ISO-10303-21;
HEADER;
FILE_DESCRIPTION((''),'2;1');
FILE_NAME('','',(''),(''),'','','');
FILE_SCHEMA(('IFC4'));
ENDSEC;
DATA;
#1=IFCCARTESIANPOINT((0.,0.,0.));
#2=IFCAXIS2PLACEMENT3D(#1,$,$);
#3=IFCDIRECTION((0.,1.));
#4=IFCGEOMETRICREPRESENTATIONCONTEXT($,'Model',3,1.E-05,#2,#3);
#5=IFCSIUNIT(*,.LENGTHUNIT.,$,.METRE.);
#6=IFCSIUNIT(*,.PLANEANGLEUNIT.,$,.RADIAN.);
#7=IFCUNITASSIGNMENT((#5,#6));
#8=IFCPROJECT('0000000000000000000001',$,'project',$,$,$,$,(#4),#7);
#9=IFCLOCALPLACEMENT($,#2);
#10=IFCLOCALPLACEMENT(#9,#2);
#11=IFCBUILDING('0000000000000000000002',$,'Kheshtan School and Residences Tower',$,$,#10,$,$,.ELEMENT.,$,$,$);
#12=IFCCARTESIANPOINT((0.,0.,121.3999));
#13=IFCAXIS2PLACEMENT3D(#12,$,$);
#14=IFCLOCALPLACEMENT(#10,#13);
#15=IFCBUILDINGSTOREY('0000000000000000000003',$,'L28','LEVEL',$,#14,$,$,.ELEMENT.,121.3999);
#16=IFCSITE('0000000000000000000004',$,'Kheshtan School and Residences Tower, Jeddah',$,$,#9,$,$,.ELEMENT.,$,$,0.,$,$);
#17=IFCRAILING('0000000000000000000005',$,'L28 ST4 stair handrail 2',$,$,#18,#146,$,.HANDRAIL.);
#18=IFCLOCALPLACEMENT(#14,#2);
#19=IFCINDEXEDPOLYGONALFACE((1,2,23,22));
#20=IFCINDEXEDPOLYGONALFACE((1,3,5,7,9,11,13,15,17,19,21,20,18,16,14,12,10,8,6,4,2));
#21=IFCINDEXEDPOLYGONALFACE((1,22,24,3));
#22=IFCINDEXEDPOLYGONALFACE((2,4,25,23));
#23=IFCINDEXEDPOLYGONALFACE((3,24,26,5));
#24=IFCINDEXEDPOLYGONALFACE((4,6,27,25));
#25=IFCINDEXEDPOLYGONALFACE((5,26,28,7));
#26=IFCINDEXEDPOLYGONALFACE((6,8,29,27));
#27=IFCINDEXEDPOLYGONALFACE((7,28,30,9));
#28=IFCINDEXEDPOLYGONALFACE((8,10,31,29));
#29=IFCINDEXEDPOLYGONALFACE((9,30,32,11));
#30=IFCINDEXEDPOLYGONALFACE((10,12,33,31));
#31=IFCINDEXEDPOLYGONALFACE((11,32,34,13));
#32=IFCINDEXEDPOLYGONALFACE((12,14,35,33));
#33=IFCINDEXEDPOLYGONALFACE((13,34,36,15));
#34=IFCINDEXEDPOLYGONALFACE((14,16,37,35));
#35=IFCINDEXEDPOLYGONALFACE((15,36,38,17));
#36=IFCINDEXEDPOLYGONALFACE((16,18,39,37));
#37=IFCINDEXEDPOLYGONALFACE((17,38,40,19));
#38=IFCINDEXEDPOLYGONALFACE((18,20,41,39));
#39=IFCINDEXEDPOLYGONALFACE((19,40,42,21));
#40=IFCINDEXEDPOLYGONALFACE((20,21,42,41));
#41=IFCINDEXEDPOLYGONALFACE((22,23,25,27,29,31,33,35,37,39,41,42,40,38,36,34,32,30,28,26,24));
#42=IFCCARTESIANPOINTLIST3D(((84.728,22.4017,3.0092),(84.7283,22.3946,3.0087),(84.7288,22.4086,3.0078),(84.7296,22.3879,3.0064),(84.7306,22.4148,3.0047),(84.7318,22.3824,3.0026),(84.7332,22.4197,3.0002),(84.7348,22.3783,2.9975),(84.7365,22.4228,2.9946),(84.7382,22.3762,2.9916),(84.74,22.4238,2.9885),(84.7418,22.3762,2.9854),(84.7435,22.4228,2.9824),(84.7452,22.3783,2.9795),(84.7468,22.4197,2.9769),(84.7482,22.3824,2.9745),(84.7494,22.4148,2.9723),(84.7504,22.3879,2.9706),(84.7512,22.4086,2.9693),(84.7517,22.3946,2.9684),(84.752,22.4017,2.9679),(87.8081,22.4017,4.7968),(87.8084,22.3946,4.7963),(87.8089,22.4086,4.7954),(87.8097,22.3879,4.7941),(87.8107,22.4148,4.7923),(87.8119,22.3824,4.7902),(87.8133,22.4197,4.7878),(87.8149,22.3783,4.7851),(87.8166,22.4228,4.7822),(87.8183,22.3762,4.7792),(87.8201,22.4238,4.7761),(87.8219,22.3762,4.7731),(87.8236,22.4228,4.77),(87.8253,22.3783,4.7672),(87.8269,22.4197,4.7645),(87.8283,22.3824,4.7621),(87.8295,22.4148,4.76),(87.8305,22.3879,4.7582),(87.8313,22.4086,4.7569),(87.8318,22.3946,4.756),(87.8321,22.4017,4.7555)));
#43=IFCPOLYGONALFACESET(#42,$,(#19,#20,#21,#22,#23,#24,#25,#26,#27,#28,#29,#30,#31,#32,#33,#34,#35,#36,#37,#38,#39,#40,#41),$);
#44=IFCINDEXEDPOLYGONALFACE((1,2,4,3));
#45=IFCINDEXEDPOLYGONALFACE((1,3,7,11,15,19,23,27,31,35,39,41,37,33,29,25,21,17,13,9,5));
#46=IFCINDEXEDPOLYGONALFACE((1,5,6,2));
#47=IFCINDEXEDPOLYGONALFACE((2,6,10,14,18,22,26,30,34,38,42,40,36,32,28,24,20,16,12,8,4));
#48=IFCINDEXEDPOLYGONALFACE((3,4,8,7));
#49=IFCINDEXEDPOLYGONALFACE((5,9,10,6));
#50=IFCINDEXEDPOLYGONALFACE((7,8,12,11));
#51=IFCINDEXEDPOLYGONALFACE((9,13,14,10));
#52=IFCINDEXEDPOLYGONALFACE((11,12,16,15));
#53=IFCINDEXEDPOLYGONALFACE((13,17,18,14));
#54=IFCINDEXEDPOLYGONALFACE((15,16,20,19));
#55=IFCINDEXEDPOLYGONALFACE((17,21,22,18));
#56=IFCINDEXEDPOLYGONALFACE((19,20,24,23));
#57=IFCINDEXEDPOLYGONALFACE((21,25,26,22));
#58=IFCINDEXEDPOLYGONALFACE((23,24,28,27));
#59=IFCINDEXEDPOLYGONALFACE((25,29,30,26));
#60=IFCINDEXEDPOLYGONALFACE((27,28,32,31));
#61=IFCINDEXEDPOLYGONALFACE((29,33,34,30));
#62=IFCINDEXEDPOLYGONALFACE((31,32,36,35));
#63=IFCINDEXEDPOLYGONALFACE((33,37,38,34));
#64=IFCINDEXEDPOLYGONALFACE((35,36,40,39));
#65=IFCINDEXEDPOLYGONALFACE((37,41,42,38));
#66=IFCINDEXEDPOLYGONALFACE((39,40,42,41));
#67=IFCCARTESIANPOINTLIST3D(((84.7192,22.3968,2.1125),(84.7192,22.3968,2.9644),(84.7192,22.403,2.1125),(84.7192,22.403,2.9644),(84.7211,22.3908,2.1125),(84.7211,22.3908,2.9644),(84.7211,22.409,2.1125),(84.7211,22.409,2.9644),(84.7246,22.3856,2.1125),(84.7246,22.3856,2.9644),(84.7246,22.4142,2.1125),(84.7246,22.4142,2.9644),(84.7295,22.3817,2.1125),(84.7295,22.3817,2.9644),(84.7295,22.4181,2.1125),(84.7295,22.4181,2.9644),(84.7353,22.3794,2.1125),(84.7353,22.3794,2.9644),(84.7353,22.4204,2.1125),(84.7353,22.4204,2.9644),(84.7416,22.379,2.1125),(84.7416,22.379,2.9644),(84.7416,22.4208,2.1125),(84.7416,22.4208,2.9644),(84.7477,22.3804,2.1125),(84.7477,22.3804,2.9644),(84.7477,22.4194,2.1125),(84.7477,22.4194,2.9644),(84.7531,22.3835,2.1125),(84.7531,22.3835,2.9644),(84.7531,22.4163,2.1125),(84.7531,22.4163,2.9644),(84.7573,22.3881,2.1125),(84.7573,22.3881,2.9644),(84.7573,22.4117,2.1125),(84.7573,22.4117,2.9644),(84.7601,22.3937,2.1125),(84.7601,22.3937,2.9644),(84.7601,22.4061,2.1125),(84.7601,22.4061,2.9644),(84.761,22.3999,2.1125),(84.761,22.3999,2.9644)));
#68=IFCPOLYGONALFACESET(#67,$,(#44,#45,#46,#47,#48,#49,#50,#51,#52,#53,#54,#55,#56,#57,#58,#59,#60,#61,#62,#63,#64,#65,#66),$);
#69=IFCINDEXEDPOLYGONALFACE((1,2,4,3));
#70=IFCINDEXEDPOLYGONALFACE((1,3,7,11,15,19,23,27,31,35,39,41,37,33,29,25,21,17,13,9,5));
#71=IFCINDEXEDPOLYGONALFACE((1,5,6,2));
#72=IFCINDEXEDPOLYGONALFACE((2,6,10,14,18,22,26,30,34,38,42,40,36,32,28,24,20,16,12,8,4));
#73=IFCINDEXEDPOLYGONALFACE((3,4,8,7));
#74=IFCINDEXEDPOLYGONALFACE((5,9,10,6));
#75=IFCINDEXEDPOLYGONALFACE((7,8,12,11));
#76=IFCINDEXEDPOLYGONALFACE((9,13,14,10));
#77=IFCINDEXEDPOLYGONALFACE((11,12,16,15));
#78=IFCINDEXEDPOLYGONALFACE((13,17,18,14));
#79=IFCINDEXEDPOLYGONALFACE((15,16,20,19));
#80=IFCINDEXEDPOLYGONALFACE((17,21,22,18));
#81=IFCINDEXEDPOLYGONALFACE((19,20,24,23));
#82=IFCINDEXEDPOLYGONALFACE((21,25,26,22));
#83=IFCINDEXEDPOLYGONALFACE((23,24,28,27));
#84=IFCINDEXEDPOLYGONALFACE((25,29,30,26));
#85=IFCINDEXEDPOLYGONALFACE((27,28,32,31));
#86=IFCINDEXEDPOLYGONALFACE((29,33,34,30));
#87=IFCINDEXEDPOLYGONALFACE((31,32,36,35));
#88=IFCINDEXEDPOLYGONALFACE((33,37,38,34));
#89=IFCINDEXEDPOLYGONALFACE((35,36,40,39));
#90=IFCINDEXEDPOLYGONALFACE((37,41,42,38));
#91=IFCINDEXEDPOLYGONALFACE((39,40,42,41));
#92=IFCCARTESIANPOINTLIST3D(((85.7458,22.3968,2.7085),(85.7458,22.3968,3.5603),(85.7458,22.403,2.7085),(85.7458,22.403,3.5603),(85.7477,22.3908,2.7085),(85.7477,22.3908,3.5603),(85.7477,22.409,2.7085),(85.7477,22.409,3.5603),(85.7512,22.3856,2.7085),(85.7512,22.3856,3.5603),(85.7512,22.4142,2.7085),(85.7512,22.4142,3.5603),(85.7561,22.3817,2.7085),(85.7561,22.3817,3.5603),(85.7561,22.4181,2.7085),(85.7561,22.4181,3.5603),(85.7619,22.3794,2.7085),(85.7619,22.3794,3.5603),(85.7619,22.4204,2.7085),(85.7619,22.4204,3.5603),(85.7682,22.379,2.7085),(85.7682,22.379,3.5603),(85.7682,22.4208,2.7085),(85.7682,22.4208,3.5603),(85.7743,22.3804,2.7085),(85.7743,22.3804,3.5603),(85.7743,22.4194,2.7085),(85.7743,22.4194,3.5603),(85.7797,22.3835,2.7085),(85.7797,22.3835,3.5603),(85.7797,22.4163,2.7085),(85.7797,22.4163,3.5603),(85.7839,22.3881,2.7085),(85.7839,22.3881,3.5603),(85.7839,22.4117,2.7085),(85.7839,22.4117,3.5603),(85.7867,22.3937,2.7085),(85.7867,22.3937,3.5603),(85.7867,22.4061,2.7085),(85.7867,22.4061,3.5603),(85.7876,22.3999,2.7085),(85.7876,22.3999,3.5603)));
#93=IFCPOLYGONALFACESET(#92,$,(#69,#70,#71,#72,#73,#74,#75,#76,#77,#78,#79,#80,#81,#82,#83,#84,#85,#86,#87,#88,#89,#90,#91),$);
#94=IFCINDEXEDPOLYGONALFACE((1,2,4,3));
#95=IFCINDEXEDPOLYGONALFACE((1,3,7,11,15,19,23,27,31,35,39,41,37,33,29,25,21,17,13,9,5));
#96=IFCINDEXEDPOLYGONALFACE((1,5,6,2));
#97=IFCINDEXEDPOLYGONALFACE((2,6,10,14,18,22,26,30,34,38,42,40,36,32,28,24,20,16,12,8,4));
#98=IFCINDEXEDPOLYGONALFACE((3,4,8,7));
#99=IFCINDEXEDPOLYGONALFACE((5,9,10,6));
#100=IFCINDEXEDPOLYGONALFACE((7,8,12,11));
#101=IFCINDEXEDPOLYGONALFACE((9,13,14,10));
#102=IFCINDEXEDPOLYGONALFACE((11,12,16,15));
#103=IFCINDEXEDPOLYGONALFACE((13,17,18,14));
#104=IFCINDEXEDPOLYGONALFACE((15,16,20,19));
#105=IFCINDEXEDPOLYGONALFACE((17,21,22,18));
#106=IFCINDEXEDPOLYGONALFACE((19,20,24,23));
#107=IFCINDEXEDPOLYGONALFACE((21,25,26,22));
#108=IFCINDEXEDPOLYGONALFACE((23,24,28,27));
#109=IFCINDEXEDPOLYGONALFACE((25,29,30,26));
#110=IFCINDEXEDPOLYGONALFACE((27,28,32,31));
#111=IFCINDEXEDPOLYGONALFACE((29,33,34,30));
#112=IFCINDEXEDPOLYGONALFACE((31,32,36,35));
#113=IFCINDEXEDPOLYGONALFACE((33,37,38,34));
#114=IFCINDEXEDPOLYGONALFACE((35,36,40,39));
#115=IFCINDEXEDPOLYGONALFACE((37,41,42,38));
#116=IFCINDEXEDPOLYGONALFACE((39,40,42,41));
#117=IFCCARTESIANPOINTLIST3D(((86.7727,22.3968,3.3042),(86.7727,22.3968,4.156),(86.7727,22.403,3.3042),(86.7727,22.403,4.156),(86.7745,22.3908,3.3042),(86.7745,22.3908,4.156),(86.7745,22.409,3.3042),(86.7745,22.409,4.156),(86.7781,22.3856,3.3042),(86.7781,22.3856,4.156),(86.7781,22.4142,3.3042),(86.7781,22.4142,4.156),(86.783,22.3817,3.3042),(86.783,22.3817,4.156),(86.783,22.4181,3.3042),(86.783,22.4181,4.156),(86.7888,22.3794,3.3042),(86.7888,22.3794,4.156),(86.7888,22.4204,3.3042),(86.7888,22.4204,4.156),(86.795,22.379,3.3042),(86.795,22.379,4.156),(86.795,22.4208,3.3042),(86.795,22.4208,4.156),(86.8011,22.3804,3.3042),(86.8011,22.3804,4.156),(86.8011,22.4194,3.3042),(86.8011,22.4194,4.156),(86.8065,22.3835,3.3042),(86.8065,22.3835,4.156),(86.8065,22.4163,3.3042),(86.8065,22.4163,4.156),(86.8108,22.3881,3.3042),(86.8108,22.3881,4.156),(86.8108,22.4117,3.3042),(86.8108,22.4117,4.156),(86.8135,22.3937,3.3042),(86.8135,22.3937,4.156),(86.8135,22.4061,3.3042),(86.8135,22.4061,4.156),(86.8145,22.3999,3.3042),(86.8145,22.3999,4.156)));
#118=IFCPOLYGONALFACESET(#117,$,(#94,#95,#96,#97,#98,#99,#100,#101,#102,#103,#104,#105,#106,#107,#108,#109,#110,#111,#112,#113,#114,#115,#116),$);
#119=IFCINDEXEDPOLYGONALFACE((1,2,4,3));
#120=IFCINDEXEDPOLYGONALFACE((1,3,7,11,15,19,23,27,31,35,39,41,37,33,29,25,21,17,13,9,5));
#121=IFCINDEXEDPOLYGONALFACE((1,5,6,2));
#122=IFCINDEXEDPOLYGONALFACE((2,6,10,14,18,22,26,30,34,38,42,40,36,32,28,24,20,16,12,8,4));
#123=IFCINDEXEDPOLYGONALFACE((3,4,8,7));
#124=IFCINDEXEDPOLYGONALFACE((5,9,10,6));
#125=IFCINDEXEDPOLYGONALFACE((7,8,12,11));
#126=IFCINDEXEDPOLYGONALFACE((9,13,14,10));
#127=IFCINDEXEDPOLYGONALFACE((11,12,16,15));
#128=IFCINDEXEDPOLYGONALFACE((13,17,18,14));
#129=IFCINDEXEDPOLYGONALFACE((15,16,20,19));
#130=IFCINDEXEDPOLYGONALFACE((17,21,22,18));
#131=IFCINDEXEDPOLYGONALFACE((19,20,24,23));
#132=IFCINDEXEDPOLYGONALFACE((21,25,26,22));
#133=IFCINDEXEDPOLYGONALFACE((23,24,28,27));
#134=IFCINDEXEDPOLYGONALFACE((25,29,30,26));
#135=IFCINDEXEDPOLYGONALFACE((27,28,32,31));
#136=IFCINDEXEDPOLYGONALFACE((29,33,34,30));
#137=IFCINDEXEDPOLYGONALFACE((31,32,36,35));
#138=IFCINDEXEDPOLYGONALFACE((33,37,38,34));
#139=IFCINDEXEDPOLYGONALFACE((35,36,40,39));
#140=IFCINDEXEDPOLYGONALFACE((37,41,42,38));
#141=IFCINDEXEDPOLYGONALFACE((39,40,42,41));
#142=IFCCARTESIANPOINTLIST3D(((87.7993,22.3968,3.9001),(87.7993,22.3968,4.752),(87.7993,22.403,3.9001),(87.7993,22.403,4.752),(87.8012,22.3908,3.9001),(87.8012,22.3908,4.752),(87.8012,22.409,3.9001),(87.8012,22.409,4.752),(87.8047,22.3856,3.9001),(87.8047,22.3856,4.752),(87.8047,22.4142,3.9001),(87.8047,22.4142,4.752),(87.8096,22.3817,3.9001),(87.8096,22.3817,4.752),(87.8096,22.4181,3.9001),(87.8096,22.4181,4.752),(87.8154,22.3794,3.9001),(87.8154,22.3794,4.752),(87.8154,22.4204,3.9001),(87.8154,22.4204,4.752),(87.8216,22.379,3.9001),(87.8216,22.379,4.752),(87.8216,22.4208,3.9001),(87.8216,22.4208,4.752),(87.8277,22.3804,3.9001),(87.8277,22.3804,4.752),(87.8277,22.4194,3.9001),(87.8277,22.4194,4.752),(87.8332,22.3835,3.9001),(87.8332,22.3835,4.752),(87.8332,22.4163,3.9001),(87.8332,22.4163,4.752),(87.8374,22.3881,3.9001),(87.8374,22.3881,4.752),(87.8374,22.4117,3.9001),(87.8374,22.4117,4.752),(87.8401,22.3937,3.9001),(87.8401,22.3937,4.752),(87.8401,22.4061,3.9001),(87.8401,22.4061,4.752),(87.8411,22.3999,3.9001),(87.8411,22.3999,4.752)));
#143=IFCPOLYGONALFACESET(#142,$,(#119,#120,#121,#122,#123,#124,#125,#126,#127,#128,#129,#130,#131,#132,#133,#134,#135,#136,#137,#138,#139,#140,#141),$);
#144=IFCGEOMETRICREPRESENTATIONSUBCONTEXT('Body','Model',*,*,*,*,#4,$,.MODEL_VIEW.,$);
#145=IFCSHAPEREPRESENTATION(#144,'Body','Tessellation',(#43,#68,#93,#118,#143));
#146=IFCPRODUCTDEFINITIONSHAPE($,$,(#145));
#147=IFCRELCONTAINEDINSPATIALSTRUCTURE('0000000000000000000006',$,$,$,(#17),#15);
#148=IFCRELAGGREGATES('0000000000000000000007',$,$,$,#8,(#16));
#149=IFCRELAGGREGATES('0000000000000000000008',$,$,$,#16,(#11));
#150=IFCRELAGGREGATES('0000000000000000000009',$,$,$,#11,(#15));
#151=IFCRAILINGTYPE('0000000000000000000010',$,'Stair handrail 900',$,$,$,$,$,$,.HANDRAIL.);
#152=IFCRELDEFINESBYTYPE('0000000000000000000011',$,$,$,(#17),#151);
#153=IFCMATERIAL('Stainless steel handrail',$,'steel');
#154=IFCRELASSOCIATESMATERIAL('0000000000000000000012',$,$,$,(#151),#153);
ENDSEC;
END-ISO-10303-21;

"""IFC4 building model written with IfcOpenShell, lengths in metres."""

from ifc_helpers import new_model, si_unit, direction, frame, origin, origin_2d, place, context, subcontext, project, spatial, circle, extrude, material, type_object, element, save


model = new_model("IFC4")

# Units and contexts
model_context = context("Model", 3, precision=1e-05, world=origin(), true_north=direction((0.0, 1.0)))
body_context = subcontext(model_context, "Body", "Model", "MODEL_VIEW")
ifc_project = project(units=[si_unit("LENGTHUNIT", "METRE"), si_unit("PLANEANGLEUNIT", "RADIAN")], contexts=[model_context])

# Site, building, storey
site_placement = place(None, origin())
site = spatial("IfcSite", under=ifc_project, at=site_placement, Name="Kheshtan School and Residences Tower, Jeddah", CompositionType="ELEMENT", RefElevation=0.0)
building_placement = place(site_placement, origin())
building = spatial("IfcBuilding", under=site, at=building_placement, Name="Kheshtan School and Residences Tower", CompositionType="ELEMENT")
storey_placement = place(building_placement, frame((0.0, 0.0, 121.3999)))
storey = spatial("IfcBuildingStorey", under=building, at=storey_placement, Name="L28", Description="LEVEL", CompositionType="ELEMENT", Elevation=121.3999)

# Railing
ifc_material_1 = material(Name="Stainless steel handrail", Category="steel")
railing_type_1 = type_object("IfcRailingType", Name="Stair handrail 900", PredefinedType="HANDRAIL", material=ifc_material_1)
railing_1_placement = place(storey_placement, frame((84.74, 22.3999, 2.1125)))
element("IfcRailing", 1, at=railing_1_placement, inside=storey, type_object=railing_type_1, Name="L28 ST4 stair handrail 2", PredefinedType="HANDRAIL", context=body_context, shape_type="SweptSolid", body=[
    extrude(circle(Radius=0.0239, at=origin_2d()), frame((0.0, 0.0, 0.876), z_axis=(0.864891, 0.0, 0.50196), x_axis=(0.0, 1.0, 0.0)), (0.0, 0.0, 1.0), 3.5613),
    extrude(circle(Radius=0.021, at=origin_2d()), origin(), (0.0, 0.0, 1.0), 0.8518),
    extrude(circle(Radius=0.021, at=origin_2d()), frame((1.0266, 0.0, 0.5959)), (0.0, 0.0, 1.0), 0.8518),
    extrude(circle(Radius=0.021, at=origin_2d()), frame((2.0535, 0.0, 1.1917)), (0.0, 0.0, 1.0), 0.8518),
    extrude(circle(Radius=0.021, at=origin_2d()), frame((3.0801, 0.0, 1.7876)), (0.0, 0.0, 1.0), 0.8518),
])

save(model, "model.ifc")
